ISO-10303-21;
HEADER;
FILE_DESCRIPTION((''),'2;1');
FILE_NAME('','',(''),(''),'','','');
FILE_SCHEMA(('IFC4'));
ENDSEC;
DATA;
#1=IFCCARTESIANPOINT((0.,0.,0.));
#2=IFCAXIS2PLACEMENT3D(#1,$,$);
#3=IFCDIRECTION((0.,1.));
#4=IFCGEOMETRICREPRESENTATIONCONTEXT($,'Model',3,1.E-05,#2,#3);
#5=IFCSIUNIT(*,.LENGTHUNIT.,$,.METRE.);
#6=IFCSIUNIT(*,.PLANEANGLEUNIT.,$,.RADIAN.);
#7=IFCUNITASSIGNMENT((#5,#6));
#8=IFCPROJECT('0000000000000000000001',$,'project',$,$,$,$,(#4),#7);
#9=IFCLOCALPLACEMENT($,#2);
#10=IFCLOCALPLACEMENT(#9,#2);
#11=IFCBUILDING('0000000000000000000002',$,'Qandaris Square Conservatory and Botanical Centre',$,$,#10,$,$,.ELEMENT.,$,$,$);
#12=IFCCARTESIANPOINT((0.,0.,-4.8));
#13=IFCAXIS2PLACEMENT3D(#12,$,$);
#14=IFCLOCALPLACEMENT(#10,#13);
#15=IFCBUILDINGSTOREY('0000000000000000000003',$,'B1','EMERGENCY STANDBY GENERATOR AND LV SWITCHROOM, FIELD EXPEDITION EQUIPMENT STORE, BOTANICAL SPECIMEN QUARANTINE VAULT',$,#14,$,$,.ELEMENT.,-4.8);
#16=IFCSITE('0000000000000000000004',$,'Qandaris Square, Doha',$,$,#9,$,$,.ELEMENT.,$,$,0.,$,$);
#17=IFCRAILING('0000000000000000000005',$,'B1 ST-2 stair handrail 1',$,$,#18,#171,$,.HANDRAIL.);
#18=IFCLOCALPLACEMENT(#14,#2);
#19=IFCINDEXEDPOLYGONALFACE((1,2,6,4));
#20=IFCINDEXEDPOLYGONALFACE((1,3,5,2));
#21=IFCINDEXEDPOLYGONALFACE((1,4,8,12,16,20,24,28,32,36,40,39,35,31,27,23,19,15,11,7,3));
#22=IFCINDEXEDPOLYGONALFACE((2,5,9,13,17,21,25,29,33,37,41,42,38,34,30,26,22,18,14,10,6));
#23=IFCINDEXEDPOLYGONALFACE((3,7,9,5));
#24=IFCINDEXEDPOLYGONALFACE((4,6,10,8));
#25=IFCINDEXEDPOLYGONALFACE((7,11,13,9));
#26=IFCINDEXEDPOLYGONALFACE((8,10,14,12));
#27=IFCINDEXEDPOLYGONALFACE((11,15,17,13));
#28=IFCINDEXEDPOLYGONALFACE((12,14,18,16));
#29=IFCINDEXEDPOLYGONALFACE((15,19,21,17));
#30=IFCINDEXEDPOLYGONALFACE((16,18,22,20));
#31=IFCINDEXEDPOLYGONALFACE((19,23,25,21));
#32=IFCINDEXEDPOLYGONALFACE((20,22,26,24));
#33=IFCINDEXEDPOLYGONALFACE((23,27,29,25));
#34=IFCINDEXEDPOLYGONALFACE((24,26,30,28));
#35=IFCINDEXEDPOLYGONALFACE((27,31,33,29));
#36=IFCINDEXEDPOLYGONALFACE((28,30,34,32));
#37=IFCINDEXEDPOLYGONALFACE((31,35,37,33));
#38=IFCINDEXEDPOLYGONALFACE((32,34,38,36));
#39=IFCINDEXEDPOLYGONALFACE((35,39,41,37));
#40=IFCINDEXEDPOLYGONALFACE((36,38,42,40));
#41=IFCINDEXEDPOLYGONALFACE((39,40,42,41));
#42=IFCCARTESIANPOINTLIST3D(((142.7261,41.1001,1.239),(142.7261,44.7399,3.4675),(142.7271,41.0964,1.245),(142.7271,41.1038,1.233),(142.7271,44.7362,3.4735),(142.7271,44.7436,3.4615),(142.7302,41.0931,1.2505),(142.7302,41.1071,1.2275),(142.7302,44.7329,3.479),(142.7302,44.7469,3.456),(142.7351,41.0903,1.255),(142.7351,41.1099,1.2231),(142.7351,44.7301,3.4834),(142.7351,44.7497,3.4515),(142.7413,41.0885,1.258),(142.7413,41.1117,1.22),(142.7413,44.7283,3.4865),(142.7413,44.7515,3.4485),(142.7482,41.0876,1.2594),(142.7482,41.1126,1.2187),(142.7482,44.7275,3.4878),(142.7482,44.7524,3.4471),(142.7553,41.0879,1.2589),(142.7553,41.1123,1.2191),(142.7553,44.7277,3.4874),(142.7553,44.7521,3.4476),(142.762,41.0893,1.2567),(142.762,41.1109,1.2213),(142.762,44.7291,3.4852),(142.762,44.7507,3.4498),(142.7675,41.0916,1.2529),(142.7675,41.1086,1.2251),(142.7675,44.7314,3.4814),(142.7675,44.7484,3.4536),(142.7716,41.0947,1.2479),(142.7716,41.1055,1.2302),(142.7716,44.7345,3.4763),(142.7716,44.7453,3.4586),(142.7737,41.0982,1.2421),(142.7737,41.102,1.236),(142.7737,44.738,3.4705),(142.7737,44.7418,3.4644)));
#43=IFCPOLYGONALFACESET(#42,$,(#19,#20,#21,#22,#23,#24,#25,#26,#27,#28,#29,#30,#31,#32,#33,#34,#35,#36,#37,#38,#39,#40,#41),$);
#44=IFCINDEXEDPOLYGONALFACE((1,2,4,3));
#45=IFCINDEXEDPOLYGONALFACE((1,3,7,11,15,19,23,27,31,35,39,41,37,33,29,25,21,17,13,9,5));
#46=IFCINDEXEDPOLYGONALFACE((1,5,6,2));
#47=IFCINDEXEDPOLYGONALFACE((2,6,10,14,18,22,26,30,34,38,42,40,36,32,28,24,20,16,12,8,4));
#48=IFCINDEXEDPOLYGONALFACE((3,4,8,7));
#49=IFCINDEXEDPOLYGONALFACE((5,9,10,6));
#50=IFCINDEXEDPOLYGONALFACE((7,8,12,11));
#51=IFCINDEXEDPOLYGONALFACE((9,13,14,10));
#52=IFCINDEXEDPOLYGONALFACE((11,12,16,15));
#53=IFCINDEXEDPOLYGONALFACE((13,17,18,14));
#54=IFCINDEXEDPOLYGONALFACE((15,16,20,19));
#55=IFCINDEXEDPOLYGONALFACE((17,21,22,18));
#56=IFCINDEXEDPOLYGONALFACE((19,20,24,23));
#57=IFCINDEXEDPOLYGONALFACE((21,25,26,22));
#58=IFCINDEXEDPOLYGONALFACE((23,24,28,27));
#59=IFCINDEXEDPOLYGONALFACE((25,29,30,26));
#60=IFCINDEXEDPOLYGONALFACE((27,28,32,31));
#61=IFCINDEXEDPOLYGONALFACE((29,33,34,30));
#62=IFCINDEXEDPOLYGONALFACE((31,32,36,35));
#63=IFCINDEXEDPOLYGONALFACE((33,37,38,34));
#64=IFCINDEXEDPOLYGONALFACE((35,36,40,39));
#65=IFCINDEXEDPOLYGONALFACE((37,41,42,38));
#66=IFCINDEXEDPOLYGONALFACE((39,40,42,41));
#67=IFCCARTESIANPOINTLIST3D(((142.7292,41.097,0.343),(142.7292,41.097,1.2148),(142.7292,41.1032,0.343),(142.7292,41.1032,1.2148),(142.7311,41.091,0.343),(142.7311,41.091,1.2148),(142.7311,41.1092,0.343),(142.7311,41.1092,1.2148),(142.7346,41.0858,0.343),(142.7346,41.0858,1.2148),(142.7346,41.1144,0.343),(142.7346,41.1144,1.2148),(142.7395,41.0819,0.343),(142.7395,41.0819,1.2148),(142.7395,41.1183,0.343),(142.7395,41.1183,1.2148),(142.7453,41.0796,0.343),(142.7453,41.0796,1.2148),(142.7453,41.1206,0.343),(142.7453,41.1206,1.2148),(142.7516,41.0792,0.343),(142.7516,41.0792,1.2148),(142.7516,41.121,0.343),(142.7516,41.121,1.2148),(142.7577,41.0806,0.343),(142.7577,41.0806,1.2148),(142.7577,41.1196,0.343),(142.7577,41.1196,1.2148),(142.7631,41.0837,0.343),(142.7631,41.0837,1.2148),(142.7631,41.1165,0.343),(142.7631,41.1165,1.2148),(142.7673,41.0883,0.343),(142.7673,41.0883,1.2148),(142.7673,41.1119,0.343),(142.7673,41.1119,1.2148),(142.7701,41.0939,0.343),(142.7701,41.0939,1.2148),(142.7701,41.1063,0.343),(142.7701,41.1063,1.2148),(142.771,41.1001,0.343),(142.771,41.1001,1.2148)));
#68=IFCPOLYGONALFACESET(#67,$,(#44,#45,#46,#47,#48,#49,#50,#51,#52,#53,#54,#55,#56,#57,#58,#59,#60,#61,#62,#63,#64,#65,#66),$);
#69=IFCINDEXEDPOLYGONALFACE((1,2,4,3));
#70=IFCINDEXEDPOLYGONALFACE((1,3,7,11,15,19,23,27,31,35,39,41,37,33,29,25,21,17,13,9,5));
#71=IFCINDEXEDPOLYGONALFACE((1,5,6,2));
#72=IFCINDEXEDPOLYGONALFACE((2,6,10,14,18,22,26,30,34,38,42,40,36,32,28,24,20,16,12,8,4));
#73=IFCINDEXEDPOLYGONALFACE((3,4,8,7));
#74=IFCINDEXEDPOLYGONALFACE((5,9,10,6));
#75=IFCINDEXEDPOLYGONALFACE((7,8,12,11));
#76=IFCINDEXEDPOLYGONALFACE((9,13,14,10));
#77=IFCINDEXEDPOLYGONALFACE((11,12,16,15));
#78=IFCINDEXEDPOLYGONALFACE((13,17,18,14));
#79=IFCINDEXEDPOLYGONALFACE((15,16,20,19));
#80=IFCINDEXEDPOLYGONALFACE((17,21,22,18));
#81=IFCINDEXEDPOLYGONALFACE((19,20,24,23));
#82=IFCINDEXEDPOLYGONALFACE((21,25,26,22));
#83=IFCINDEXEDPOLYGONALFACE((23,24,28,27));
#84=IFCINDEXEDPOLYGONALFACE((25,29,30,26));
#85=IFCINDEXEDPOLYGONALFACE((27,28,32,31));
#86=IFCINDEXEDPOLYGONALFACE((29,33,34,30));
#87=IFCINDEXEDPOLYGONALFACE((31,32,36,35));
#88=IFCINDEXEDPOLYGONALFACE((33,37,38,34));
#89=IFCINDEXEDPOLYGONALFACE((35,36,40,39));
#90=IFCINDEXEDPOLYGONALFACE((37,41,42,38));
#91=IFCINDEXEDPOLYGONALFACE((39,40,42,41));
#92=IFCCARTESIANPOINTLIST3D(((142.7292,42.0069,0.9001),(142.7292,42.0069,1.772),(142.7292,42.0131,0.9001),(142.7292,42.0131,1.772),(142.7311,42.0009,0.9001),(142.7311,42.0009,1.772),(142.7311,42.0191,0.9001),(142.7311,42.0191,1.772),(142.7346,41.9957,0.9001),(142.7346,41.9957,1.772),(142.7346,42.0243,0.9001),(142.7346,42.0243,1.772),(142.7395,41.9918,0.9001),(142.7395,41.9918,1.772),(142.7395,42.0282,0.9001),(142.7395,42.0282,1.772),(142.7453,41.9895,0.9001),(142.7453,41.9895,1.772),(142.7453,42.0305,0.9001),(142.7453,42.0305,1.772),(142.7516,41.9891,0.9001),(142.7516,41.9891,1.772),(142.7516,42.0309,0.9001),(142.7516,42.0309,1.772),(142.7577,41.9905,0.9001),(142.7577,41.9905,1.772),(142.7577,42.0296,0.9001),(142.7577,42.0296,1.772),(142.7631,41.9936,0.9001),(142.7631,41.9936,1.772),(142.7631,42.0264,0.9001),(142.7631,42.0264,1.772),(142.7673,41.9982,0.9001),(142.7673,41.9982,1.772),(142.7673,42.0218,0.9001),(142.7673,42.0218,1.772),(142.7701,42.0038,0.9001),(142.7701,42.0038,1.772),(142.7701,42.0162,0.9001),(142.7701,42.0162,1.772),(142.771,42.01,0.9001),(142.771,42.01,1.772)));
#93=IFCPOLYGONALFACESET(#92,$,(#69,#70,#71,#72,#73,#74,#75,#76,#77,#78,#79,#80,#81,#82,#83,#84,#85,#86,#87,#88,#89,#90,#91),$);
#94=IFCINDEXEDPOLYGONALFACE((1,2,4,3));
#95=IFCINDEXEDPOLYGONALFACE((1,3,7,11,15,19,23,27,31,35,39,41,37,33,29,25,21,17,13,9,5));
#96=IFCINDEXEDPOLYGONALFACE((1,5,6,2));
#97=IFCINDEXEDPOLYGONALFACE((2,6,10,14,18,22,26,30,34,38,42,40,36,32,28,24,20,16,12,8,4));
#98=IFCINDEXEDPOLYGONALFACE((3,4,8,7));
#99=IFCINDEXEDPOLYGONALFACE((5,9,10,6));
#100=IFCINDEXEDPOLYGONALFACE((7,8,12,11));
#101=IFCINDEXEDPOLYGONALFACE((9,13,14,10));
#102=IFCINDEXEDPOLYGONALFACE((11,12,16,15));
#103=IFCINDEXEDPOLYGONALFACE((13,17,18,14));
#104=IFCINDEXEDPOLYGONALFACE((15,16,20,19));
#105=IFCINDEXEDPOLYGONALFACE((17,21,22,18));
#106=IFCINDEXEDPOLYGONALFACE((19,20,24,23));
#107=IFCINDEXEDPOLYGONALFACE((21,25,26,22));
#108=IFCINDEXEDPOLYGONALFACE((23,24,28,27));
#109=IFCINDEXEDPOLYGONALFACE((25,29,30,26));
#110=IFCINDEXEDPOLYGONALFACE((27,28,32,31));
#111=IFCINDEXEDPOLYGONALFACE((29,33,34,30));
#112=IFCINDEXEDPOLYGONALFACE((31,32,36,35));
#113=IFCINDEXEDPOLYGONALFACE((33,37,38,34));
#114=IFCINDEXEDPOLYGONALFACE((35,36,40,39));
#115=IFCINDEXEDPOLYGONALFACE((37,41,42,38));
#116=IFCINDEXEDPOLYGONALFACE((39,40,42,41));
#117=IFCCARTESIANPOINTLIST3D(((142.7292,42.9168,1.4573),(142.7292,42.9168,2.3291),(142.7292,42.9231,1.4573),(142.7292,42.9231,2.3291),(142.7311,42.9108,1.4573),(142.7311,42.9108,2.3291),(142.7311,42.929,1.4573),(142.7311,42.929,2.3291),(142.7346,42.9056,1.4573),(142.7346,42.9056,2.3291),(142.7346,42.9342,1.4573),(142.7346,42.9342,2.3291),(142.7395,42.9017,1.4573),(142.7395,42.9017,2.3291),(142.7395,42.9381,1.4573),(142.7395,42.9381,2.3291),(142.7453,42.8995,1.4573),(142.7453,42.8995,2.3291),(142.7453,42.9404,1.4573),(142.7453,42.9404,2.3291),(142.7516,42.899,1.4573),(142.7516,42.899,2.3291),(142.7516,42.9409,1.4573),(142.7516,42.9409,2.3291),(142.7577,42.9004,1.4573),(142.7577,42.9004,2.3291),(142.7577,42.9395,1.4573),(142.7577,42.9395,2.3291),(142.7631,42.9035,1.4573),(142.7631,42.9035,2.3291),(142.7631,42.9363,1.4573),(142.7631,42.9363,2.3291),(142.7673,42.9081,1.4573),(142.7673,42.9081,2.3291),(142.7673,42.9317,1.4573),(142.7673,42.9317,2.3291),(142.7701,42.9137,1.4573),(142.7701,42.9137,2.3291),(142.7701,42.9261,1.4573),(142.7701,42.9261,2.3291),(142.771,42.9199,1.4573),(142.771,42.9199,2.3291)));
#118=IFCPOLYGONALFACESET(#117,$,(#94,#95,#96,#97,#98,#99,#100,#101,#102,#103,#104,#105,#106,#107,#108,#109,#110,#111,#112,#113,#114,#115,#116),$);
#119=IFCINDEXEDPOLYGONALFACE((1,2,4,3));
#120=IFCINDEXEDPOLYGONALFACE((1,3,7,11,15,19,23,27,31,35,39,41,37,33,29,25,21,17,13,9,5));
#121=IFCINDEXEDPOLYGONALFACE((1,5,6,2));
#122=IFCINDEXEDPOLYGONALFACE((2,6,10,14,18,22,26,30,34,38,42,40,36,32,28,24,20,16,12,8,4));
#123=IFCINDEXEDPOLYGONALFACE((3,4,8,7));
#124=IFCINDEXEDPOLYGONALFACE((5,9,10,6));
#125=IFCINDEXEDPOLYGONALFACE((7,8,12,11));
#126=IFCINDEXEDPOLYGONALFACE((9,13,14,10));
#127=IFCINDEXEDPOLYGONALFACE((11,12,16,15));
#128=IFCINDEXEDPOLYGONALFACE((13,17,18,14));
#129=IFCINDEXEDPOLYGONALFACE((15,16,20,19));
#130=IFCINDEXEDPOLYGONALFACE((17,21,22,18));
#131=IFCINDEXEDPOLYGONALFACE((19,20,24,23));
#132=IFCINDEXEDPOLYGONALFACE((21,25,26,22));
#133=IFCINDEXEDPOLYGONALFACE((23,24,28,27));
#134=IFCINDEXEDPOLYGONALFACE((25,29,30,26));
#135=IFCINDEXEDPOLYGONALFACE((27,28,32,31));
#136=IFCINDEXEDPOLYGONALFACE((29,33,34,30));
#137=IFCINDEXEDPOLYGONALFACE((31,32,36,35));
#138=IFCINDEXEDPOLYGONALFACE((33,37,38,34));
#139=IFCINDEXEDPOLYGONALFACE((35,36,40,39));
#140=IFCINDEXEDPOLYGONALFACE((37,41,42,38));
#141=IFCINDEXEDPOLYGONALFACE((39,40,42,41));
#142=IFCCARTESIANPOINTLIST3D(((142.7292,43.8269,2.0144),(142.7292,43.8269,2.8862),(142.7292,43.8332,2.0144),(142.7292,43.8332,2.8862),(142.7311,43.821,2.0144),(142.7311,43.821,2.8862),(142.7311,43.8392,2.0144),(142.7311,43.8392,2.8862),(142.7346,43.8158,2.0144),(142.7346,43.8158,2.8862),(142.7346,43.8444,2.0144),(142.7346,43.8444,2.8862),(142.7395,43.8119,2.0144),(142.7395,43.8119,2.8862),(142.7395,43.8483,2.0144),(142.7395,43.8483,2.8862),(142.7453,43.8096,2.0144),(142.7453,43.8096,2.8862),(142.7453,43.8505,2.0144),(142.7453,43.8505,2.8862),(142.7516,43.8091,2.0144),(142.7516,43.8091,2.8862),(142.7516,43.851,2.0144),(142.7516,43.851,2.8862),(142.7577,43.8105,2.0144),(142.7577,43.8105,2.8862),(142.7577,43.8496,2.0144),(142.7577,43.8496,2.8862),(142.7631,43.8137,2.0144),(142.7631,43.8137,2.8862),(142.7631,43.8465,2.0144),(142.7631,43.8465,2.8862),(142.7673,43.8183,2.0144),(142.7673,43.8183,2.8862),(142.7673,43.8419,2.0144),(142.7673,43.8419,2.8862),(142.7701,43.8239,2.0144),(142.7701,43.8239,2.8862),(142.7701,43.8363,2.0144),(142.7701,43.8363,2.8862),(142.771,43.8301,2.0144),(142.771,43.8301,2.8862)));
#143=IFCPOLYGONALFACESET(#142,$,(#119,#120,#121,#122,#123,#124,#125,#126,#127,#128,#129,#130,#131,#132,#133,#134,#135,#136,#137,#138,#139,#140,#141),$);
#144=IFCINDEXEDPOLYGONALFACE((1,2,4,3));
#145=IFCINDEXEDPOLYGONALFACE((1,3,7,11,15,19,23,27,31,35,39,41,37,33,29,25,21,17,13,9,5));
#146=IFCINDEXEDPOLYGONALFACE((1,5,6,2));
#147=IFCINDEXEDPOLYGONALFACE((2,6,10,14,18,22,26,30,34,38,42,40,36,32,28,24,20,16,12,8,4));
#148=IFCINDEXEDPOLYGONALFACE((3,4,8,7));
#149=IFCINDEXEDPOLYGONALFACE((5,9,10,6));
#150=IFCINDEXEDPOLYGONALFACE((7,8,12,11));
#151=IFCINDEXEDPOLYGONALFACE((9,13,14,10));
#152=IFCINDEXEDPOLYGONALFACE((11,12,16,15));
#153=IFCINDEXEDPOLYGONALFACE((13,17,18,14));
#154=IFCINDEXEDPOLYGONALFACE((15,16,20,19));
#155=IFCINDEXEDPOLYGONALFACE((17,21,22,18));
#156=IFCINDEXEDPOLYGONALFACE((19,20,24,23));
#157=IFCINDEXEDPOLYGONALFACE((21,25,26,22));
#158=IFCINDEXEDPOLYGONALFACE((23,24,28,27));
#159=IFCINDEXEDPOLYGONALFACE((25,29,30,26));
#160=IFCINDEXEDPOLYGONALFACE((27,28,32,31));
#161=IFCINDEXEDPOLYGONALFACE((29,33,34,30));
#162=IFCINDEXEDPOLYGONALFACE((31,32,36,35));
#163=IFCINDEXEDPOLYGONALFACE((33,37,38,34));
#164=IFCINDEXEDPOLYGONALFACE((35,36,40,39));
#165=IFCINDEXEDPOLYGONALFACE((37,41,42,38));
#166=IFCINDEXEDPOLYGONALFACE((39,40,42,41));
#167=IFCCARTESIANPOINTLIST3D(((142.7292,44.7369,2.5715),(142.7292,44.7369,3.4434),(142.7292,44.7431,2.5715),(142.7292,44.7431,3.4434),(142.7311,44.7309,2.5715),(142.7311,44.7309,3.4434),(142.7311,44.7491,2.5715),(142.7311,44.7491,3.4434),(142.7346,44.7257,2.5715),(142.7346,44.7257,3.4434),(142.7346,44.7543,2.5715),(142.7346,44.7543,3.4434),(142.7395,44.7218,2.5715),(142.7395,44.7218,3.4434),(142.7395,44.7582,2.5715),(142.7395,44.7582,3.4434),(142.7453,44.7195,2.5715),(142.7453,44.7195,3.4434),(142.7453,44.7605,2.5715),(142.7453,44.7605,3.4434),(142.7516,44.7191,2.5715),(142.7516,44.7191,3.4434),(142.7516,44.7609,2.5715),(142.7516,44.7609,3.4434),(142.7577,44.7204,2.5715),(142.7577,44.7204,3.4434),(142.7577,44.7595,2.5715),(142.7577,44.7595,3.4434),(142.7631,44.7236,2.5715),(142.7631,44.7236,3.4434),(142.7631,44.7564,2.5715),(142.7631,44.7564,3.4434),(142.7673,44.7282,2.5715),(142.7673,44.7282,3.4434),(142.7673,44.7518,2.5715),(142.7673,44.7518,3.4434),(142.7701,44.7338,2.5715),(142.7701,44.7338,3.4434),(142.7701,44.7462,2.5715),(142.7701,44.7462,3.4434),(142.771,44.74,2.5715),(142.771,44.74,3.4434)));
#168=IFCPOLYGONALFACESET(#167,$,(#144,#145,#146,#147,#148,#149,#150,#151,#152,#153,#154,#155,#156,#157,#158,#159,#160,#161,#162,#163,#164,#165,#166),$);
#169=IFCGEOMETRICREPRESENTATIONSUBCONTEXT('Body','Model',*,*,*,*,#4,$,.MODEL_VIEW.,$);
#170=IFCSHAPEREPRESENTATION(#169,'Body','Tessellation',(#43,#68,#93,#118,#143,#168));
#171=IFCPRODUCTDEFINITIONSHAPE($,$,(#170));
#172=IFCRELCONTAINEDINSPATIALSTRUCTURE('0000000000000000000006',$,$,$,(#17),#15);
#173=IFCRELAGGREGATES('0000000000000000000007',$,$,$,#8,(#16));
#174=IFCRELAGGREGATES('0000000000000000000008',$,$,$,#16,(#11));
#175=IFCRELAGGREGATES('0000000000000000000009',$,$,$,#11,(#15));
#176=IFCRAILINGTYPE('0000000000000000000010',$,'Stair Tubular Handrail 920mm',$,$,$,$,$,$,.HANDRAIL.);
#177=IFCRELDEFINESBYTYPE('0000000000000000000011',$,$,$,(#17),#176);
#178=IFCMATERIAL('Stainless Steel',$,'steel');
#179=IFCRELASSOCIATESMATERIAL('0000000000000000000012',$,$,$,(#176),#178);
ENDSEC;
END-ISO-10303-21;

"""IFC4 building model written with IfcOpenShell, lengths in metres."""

from ifc_helpers import new_model, si_unit, direction, frame, origin, origin_2d, place, context, subcontext, project, spatial, circle, extrude, material, type_object, element, save


model = new_model("IFC4")

# Units and contexts
model_context = context("Model", 3, precision=1e-05, world=origin(), true_north=direction((0.0, 1.0)))
body_context = subcontext(model_context, "Body", "Model", "MODEL_VIEW")
ifc_project = project(units=[si_unit("LENGTHUNIT", "METRE"), si_unit("PLANEANGLEUNIT", "RADIAN")], contexts=[model_context])

# Site, building, storey
site_placement = place(None, origin())
site = spatial("IfcSite", under=ifc_project, at=site_placement, Name="Qandaris Square, Doha", CompositionType="ELEMENT", RefElevation=0.0)
building_placement = place(site_placement, origin())
building = spatial("IfcBuilding", under=site, at=building_placement, Name="Qandaris Square Conservatory and Botanical Centre", CompositionType="ELEMENT")
storey_placement = place(building_placement, frame((0.0, 0.0, -4.8)))
storey = spatial("IfcBuildingStorey", under=building, at=storey_placement, Name="B1", Description="EMERGENCY STANDBY GENERATOR AND LV SWITCHROOM, FIELD EXPEDITION EQUIPMENT STORE, BOTANICAL SPECIMEN QUARANTINE VAULT", CompositionType="ELEMENT", Elevation=-4.8)

# Railing
ifc_material_1 = material(Name="Stainless Steel", Category="steel")
railing_type_1 = type_object("IfcRailingType", Name="Stair Tubular Handrail 920mm", PredefinedType="HANDRAIL", material=ifc_material_1)
railing_1_placement = place(storey_placement, frame((142.75, 41.1001, 0.343)))
element("IfcRailing", 1, at=railing_1_placement, inside=storey, type_object=railing_type_1, Name="B1 ST-2 stair handrail 1", PredefinedType="HANDRAIL", context=body_context, shape_type="SweptSolid", body=[
    extrude(circle(Radius=0.0239, at=origin_2d()), frame((0.0, 0.0, 0.896), z_axis=(0.0, 0.85285, 0.522156), x_axis=(-1.0, 0.0, 0.0)), (0.0, 0.0, 1.0), 4.2678),
    extrude(circle(Radius=0.021, at=origin_2d()), origin(), (0.0, 0.0, 1.0), 0.8718),
    extrude(circle(Radius=0.021, at=origin_2d()), frame((0.0, 0.9099, 0.5571)), (0.0, 0.0, 1.0), 0.8718),
    extrude(circle(Radius=0.021, at=origin_2d()), frame((0.0, 1.8198, 1.1143)), (0.0, 0.0, 1.0), 0.8718),
    extrude(circle(Radius=0.021, at=origin_2d()), frame((0.0, 2.73, 1.6714)), (0.0, 0.0, 1.0), 0.8718),
    extrude(circle(Radius=0.021, at=origin_2d()), frame((0.0, 3.6399, 2.2285)), (0.0, 0.0, 1.0), 0.8718),
])

save(model, "model.ifc")
